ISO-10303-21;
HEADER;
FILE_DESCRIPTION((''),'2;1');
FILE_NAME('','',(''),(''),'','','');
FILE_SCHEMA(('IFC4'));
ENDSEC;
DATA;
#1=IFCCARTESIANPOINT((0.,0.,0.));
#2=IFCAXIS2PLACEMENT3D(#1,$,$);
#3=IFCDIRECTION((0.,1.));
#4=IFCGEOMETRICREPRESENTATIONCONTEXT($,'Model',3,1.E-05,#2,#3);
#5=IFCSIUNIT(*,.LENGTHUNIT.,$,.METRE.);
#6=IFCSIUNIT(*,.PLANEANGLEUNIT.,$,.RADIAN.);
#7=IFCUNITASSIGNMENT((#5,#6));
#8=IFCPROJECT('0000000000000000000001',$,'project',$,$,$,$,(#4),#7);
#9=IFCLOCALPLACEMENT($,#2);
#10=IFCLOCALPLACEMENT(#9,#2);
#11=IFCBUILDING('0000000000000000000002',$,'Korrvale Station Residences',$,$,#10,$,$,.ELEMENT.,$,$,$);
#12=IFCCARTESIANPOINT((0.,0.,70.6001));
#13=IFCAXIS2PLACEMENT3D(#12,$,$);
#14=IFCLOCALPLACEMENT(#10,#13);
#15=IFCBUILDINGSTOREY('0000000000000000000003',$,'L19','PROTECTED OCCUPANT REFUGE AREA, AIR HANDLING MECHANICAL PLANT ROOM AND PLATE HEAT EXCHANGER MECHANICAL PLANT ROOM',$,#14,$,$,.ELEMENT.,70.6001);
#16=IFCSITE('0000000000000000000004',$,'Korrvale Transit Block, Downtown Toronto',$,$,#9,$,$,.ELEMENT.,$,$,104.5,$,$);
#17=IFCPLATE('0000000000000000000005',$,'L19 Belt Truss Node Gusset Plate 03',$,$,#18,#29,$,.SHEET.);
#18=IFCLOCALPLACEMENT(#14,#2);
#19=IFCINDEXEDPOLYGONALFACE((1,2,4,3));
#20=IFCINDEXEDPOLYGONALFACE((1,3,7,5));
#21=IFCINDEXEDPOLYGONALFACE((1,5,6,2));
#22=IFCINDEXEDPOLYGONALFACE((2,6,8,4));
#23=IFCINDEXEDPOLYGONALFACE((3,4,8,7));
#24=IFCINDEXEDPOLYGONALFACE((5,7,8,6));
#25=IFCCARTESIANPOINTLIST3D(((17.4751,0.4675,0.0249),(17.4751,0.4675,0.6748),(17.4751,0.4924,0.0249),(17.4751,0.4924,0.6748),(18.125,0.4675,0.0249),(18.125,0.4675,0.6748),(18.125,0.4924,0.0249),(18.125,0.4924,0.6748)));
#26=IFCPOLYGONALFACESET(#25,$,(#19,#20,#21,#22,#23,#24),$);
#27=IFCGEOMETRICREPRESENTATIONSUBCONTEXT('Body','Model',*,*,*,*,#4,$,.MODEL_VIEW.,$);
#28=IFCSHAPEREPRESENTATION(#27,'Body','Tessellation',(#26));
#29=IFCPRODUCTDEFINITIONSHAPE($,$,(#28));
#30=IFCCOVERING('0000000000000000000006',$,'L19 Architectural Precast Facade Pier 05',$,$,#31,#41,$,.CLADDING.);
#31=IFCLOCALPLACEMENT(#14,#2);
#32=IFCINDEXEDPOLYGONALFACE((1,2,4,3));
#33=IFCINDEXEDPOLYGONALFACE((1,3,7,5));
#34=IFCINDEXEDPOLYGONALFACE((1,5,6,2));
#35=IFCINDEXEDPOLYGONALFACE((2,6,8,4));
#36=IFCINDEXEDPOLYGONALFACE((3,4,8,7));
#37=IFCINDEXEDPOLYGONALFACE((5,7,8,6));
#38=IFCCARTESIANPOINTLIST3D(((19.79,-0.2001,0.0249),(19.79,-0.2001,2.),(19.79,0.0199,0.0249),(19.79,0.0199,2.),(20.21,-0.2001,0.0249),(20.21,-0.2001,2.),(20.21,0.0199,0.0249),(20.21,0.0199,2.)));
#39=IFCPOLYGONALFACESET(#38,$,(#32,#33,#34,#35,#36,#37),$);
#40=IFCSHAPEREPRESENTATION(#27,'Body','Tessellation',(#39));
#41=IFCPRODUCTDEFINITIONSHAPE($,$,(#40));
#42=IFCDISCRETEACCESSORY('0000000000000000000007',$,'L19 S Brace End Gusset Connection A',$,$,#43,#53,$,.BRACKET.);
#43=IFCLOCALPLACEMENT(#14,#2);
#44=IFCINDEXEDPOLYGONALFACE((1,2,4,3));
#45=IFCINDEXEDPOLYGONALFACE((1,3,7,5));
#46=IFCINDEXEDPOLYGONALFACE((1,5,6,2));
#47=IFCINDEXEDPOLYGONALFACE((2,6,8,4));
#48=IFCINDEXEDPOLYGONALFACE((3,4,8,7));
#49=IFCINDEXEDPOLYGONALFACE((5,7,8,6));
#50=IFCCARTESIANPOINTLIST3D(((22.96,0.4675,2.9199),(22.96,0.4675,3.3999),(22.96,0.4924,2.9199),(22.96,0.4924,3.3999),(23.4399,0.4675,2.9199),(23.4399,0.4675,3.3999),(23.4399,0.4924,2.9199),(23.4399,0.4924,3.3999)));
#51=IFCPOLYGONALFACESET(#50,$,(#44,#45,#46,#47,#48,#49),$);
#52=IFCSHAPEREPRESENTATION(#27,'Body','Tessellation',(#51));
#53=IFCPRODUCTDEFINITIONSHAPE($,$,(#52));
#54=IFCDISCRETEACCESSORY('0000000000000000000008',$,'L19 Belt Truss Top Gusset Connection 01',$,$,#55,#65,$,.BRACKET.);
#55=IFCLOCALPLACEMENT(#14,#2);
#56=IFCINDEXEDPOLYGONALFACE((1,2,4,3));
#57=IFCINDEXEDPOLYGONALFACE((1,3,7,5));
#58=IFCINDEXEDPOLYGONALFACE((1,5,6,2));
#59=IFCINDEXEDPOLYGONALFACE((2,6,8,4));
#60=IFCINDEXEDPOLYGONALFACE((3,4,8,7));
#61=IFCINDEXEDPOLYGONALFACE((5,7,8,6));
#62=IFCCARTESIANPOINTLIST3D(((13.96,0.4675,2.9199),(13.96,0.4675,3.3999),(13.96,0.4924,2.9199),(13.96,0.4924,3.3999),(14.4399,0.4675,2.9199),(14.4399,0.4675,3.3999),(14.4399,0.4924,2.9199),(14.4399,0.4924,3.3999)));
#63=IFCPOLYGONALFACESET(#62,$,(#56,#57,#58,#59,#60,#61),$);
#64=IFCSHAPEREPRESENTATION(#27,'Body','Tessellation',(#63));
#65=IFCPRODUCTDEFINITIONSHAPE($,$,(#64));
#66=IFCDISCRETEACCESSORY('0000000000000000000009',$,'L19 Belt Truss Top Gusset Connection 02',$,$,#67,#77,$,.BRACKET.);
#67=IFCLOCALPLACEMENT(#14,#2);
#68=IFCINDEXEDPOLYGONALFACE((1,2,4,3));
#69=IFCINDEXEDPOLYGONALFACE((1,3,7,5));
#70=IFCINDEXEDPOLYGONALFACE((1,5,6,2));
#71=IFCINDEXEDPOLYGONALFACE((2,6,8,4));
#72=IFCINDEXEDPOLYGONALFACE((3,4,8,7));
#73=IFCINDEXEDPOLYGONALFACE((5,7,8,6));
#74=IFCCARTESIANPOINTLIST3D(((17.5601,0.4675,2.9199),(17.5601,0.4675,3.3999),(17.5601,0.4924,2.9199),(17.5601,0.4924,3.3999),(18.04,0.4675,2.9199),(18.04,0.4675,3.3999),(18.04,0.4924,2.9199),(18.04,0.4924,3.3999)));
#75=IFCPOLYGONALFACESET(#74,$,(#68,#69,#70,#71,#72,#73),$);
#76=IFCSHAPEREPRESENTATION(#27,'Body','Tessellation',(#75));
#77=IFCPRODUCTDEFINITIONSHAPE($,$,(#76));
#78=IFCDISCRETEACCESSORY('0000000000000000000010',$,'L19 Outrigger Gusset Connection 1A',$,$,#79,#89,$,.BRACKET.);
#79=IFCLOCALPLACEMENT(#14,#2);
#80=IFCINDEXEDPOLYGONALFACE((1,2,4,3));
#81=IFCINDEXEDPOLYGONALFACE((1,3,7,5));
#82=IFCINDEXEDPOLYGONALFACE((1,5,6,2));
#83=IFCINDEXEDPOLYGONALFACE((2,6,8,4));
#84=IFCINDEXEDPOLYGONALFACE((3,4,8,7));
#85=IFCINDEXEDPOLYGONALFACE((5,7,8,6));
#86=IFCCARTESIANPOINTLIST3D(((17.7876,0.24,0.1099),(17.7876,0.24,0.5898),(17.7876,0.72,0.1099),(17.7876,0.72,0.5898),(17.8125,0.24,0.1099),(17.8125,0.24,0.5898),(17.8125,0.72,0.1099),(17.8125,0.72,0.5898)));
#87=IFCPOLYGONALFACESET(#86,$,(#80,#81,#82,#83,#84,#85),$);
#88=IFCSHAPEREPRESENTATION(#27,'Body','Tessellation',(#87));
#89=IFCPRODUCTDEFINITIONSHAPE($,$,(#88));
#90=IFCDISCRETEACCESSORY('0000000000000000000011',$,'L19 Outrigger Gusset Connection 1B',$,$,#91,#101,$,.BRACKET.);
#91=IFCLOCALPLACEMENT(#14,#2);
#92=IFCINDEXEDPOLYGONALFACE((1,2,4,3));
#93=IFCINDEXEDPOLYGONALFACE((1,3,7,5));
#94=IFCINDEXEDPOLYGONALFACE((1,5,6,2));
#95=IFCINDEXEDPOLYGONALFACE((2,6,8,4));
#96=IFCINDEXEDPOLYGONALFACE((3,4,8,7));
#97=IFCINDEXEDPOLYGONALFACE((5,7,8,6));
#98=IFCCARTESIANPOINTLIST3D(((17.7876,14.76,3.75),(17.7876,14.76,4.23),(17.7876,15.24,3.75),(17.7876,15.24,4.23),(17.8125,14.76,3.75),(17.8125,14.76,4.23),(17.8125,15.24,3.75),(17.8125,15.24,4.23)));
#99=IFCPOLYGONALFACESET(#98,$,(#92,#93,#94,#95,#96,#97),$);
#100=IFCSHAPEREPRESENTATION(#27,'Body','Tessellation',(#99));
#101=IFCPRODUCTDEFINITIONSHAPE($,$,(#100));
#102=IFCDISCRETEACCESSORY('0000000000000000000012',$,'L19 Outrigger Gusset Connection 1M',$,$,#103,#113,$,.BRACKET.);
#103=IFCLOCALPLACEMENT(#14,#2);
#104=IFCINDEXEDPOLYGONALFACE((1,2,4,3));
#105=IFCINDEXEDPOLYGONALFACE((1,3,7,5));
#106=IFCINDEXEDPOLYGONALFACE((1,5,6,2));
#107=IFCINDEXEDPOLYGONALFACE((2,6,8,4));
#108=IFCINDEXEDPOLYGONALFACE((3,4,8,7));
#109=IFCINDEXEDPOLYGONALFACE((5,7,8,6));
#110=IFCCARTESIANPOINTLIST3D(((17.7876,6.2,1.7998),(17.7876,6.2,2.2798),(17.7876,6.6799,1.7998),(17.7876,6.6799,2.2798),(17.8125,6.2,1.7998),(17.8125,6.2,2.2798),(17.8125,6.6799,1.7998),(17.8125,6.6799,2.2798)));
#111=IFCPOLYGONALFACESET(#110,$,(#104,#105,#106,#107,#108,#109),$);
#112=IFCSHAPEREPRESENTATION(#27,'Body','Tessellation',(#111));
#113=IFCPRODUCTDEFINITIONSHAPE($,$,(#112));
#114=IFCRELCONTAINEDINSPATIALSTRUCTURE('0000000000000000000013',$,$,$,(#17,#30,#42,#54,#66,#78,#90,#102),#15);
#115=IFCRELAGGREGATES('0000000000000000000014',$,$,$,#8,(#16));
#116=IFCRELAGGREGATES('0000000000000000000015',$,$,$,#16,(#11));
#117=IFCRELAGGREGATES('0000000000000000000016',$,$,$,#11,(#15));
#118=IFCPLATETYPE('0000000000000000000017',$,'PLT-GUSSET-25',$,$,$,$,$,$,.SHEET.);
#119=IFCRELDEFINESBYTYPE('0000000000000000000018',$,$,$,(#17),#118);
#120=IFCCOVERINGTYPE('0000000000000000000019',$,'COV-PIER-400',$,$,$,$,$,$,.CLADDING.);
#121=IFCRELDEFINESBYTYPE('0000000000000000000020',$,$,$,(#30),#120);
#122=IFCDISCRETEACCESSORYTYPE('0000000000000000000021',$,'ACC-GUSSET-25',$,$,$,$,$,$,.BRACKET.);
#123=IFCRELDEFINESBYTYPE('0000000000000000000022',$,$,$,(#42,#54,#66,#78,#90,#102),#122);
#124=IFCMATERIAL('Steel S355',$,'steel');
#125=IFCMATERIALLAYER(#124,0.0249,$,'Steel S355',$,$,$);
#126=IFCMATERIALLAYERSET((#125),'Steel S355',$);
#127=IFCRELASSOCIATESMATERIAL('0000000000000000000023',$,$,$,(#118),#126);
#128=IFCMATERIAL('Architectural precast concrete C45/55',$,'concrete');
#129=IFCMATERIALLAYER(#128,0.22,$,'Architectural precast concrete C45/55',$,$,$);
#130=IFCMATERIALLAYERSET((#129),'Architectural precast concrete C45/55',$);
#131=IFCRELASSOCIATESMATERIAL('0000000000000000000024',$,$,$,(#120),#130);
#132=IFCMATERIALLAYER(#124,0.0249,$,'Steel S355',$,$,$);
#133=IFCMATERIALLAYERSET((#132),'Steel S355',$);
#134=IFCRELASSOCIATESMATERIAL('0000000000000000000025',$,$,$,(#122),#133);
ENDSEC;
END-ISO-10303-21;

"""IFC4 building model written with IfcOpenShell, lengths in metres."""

from ifc_helpers import new_model, si_unit, direction, frame, origin, origin_2d, place, context, subcontext, project, spatial, rectangle, extrude, material, layer, layer_set, type_object, element, save


model = new_model("IFC4")

# Units and contexts
model_context = context("Model", 3, precision=1e-05, world=origin(), true_north=direction((0.0, 1.0)))
body_context = subcontext(model_context, "Body", "Model", "MODEL_VIEW")
ifc_project = project(units=[si_unit("LENGTHUNIT", "METRE"), si_unit("PLANEANGLEUNIT", "RADIAN")], contexts=[model_context])

# Site, building, storey
site_placement = place(None, origin())
site = spatial("IfcSite", under=ifc_project, at=site_placement, Name="Korrvale Transit Block, Downtown Toronto", CompositionType="ELEMENT", RefElevation=104.5)
building_placement = place(site_placement, origin())
building = spatial("IfcBuilding", under=site, at=building_placement, Name="Korrvale Station Residences", CompositionType="ELEMENT")
storey_placement = place(building_placement, frame((0.0, 0.0, 70.6001)))
storey = spatial("IfcBuildingStorey", under=building, at=storey_placement, Name="L19", Description="PROTECTED OCCUPANT REFUGE AREA, AIR HANDLING MECHANICAL PLANT ROOM AND PLATE HEAT EXCHANGER MECHANICAL PLANT ROOM", CompositionType="ELEMENT", Elevation=70.6001)

# Shared definitions
ifc_material_1 = material(Name="Steel S355", Category="steel")

# Plate
ifc_layer_1 = layer(ifc_material_1, 0.0249, Name="Steel S355")
ifc_layer_set_1 = layer_set([ifc_layer_1], Name="Steel S355")
plate_type_1 = type_object("IfcPlateType", Name="PLT-GUSSET-25", PredefinedType="SHEET", material=ifc_layer_set_1)
for number, where, z_axis, x_axis, name in (
    (1, (17.8, 0.48, 0.0249), (0.0, 0.0, 1.0), (1.0, 0.0, 0.0), "L19 Belt Truss Node Gusset Plate 03"),
):
    element("IfcPlate", number, at=place(storey_placement, frame(where, z_axis=z_axis, x_axis=x_axis)), inside=storey, type_object=plate_type_1, Name=name, PredefinedType="SHEET", context=body_context, shape_type="SweptSolid", body=[
        extrude(rectangle(XDim=0.6499, YDim=0.0249, at=origin_2d()), origin(), (0.0, 0.0, 1.0), 0.6499),
    ])

# Covering
ifc_material_2 = material(Name="Architectural precast concrete C45/55", Category="concrete")
ifc_layer_2 = layer(ifc_material_2, 0.22, Name="Architectural precast concrete C45/55")
ifc_layer_set_2 = layer_set([ifc_layer_2], Name="Architectural precast concrete C45/55")
covering_type = type_object("IfcCoveringType", Name="COV-PIER-400", PredefinedType="CLADDING", material=ifc_layer_set_2)
covering_placement = place(storey_placement, frame((20.0, -0.0901, 0.0249), z_axis=(0.0, 0.0, 1.0), x_axis=(1.0, 0.0, 0.0)))
element("IfcCovering", 2, at=covering_placement, inside=storey, type_object=covering_type, Name="L19 Architectural Precast Facade Pier 05", PredefinedType="CLADDING", context=body_context, shape_type="SweptSolid", body=[
    extrude(rectangle(XDim=0.4199, YDim=0.22, at=origin_2d()), origin(), (0.0, 0.0, 1.0), 1.9751),
])

# Discrete accessories
ifc_layer_3 = layer(ifc_material_1, 0.0249, Name="Steel S355")
ifc_layer_set_3 = layer_set([ifc_layer_3], Name="Steel S355")
discrete_accessory_type = type_object("IfcDiscreteAccessoryType", Name="ACC-GUSSET-25", PredefinedType="BRACKET", material=ifc_layer_set_3)
for number, where, z_axis, x_axis, name in (
    (3, (23.2, 0.48, 2.9199), (0.0, 0.0, 1.0), (1.0, 0.0, 0.0), "L19 S Brace End Gusset Connection A"),
    (4, (14.2, 0.48, 2.9199), (0.0, 0.0, 1.0), (1.0, 0.0, 0.0), "L19 Belt Truss Top Gusset Connection 01"),
    (5, (17.8, 0.48, 2.9199), (0.0, 0.0, 1.0), (1.0, 0.0, 0.0), "L19 Belt Truss Top Gusset Connection 02"),
    (6, (17.8, 0.48, 0.1099), (0.0, 0.0, 1.0), (0.0, 1.0, 0.0), "L19 Outrigger Gusset Connection 1A"),
    (7, (17.8, 15.0, 3.75), (0.0, 0.0, 1.0), (0.0, 1.0, 0.0), "L19 Outrigger Gusset Connection 1B"),
    (8, (17.8, 6.4399, 1.7998), (0.0, 0.0, 1.0), (0.0, 1.0, 0.0), "L19 Outrigger Gusset Connection 1M"),
):
    element("IfcDiscreteAccessory", number, at=place(storey_placement, frame(where, z_axis=z_axis, x_axis=x_axis)), inside=storey, type_object=discrete_accessory_type, Name=name, PredefinedType="BRACKET", context=body_context, shape_type="SweptSolid", body=[
        extrude(rectangle(XDim=0.48, YDim=0.0249, at=origin_2d()), origin(), (0.0, 0.0, 1.0), 0.48),
    ])

save(model, "model.ifc")
